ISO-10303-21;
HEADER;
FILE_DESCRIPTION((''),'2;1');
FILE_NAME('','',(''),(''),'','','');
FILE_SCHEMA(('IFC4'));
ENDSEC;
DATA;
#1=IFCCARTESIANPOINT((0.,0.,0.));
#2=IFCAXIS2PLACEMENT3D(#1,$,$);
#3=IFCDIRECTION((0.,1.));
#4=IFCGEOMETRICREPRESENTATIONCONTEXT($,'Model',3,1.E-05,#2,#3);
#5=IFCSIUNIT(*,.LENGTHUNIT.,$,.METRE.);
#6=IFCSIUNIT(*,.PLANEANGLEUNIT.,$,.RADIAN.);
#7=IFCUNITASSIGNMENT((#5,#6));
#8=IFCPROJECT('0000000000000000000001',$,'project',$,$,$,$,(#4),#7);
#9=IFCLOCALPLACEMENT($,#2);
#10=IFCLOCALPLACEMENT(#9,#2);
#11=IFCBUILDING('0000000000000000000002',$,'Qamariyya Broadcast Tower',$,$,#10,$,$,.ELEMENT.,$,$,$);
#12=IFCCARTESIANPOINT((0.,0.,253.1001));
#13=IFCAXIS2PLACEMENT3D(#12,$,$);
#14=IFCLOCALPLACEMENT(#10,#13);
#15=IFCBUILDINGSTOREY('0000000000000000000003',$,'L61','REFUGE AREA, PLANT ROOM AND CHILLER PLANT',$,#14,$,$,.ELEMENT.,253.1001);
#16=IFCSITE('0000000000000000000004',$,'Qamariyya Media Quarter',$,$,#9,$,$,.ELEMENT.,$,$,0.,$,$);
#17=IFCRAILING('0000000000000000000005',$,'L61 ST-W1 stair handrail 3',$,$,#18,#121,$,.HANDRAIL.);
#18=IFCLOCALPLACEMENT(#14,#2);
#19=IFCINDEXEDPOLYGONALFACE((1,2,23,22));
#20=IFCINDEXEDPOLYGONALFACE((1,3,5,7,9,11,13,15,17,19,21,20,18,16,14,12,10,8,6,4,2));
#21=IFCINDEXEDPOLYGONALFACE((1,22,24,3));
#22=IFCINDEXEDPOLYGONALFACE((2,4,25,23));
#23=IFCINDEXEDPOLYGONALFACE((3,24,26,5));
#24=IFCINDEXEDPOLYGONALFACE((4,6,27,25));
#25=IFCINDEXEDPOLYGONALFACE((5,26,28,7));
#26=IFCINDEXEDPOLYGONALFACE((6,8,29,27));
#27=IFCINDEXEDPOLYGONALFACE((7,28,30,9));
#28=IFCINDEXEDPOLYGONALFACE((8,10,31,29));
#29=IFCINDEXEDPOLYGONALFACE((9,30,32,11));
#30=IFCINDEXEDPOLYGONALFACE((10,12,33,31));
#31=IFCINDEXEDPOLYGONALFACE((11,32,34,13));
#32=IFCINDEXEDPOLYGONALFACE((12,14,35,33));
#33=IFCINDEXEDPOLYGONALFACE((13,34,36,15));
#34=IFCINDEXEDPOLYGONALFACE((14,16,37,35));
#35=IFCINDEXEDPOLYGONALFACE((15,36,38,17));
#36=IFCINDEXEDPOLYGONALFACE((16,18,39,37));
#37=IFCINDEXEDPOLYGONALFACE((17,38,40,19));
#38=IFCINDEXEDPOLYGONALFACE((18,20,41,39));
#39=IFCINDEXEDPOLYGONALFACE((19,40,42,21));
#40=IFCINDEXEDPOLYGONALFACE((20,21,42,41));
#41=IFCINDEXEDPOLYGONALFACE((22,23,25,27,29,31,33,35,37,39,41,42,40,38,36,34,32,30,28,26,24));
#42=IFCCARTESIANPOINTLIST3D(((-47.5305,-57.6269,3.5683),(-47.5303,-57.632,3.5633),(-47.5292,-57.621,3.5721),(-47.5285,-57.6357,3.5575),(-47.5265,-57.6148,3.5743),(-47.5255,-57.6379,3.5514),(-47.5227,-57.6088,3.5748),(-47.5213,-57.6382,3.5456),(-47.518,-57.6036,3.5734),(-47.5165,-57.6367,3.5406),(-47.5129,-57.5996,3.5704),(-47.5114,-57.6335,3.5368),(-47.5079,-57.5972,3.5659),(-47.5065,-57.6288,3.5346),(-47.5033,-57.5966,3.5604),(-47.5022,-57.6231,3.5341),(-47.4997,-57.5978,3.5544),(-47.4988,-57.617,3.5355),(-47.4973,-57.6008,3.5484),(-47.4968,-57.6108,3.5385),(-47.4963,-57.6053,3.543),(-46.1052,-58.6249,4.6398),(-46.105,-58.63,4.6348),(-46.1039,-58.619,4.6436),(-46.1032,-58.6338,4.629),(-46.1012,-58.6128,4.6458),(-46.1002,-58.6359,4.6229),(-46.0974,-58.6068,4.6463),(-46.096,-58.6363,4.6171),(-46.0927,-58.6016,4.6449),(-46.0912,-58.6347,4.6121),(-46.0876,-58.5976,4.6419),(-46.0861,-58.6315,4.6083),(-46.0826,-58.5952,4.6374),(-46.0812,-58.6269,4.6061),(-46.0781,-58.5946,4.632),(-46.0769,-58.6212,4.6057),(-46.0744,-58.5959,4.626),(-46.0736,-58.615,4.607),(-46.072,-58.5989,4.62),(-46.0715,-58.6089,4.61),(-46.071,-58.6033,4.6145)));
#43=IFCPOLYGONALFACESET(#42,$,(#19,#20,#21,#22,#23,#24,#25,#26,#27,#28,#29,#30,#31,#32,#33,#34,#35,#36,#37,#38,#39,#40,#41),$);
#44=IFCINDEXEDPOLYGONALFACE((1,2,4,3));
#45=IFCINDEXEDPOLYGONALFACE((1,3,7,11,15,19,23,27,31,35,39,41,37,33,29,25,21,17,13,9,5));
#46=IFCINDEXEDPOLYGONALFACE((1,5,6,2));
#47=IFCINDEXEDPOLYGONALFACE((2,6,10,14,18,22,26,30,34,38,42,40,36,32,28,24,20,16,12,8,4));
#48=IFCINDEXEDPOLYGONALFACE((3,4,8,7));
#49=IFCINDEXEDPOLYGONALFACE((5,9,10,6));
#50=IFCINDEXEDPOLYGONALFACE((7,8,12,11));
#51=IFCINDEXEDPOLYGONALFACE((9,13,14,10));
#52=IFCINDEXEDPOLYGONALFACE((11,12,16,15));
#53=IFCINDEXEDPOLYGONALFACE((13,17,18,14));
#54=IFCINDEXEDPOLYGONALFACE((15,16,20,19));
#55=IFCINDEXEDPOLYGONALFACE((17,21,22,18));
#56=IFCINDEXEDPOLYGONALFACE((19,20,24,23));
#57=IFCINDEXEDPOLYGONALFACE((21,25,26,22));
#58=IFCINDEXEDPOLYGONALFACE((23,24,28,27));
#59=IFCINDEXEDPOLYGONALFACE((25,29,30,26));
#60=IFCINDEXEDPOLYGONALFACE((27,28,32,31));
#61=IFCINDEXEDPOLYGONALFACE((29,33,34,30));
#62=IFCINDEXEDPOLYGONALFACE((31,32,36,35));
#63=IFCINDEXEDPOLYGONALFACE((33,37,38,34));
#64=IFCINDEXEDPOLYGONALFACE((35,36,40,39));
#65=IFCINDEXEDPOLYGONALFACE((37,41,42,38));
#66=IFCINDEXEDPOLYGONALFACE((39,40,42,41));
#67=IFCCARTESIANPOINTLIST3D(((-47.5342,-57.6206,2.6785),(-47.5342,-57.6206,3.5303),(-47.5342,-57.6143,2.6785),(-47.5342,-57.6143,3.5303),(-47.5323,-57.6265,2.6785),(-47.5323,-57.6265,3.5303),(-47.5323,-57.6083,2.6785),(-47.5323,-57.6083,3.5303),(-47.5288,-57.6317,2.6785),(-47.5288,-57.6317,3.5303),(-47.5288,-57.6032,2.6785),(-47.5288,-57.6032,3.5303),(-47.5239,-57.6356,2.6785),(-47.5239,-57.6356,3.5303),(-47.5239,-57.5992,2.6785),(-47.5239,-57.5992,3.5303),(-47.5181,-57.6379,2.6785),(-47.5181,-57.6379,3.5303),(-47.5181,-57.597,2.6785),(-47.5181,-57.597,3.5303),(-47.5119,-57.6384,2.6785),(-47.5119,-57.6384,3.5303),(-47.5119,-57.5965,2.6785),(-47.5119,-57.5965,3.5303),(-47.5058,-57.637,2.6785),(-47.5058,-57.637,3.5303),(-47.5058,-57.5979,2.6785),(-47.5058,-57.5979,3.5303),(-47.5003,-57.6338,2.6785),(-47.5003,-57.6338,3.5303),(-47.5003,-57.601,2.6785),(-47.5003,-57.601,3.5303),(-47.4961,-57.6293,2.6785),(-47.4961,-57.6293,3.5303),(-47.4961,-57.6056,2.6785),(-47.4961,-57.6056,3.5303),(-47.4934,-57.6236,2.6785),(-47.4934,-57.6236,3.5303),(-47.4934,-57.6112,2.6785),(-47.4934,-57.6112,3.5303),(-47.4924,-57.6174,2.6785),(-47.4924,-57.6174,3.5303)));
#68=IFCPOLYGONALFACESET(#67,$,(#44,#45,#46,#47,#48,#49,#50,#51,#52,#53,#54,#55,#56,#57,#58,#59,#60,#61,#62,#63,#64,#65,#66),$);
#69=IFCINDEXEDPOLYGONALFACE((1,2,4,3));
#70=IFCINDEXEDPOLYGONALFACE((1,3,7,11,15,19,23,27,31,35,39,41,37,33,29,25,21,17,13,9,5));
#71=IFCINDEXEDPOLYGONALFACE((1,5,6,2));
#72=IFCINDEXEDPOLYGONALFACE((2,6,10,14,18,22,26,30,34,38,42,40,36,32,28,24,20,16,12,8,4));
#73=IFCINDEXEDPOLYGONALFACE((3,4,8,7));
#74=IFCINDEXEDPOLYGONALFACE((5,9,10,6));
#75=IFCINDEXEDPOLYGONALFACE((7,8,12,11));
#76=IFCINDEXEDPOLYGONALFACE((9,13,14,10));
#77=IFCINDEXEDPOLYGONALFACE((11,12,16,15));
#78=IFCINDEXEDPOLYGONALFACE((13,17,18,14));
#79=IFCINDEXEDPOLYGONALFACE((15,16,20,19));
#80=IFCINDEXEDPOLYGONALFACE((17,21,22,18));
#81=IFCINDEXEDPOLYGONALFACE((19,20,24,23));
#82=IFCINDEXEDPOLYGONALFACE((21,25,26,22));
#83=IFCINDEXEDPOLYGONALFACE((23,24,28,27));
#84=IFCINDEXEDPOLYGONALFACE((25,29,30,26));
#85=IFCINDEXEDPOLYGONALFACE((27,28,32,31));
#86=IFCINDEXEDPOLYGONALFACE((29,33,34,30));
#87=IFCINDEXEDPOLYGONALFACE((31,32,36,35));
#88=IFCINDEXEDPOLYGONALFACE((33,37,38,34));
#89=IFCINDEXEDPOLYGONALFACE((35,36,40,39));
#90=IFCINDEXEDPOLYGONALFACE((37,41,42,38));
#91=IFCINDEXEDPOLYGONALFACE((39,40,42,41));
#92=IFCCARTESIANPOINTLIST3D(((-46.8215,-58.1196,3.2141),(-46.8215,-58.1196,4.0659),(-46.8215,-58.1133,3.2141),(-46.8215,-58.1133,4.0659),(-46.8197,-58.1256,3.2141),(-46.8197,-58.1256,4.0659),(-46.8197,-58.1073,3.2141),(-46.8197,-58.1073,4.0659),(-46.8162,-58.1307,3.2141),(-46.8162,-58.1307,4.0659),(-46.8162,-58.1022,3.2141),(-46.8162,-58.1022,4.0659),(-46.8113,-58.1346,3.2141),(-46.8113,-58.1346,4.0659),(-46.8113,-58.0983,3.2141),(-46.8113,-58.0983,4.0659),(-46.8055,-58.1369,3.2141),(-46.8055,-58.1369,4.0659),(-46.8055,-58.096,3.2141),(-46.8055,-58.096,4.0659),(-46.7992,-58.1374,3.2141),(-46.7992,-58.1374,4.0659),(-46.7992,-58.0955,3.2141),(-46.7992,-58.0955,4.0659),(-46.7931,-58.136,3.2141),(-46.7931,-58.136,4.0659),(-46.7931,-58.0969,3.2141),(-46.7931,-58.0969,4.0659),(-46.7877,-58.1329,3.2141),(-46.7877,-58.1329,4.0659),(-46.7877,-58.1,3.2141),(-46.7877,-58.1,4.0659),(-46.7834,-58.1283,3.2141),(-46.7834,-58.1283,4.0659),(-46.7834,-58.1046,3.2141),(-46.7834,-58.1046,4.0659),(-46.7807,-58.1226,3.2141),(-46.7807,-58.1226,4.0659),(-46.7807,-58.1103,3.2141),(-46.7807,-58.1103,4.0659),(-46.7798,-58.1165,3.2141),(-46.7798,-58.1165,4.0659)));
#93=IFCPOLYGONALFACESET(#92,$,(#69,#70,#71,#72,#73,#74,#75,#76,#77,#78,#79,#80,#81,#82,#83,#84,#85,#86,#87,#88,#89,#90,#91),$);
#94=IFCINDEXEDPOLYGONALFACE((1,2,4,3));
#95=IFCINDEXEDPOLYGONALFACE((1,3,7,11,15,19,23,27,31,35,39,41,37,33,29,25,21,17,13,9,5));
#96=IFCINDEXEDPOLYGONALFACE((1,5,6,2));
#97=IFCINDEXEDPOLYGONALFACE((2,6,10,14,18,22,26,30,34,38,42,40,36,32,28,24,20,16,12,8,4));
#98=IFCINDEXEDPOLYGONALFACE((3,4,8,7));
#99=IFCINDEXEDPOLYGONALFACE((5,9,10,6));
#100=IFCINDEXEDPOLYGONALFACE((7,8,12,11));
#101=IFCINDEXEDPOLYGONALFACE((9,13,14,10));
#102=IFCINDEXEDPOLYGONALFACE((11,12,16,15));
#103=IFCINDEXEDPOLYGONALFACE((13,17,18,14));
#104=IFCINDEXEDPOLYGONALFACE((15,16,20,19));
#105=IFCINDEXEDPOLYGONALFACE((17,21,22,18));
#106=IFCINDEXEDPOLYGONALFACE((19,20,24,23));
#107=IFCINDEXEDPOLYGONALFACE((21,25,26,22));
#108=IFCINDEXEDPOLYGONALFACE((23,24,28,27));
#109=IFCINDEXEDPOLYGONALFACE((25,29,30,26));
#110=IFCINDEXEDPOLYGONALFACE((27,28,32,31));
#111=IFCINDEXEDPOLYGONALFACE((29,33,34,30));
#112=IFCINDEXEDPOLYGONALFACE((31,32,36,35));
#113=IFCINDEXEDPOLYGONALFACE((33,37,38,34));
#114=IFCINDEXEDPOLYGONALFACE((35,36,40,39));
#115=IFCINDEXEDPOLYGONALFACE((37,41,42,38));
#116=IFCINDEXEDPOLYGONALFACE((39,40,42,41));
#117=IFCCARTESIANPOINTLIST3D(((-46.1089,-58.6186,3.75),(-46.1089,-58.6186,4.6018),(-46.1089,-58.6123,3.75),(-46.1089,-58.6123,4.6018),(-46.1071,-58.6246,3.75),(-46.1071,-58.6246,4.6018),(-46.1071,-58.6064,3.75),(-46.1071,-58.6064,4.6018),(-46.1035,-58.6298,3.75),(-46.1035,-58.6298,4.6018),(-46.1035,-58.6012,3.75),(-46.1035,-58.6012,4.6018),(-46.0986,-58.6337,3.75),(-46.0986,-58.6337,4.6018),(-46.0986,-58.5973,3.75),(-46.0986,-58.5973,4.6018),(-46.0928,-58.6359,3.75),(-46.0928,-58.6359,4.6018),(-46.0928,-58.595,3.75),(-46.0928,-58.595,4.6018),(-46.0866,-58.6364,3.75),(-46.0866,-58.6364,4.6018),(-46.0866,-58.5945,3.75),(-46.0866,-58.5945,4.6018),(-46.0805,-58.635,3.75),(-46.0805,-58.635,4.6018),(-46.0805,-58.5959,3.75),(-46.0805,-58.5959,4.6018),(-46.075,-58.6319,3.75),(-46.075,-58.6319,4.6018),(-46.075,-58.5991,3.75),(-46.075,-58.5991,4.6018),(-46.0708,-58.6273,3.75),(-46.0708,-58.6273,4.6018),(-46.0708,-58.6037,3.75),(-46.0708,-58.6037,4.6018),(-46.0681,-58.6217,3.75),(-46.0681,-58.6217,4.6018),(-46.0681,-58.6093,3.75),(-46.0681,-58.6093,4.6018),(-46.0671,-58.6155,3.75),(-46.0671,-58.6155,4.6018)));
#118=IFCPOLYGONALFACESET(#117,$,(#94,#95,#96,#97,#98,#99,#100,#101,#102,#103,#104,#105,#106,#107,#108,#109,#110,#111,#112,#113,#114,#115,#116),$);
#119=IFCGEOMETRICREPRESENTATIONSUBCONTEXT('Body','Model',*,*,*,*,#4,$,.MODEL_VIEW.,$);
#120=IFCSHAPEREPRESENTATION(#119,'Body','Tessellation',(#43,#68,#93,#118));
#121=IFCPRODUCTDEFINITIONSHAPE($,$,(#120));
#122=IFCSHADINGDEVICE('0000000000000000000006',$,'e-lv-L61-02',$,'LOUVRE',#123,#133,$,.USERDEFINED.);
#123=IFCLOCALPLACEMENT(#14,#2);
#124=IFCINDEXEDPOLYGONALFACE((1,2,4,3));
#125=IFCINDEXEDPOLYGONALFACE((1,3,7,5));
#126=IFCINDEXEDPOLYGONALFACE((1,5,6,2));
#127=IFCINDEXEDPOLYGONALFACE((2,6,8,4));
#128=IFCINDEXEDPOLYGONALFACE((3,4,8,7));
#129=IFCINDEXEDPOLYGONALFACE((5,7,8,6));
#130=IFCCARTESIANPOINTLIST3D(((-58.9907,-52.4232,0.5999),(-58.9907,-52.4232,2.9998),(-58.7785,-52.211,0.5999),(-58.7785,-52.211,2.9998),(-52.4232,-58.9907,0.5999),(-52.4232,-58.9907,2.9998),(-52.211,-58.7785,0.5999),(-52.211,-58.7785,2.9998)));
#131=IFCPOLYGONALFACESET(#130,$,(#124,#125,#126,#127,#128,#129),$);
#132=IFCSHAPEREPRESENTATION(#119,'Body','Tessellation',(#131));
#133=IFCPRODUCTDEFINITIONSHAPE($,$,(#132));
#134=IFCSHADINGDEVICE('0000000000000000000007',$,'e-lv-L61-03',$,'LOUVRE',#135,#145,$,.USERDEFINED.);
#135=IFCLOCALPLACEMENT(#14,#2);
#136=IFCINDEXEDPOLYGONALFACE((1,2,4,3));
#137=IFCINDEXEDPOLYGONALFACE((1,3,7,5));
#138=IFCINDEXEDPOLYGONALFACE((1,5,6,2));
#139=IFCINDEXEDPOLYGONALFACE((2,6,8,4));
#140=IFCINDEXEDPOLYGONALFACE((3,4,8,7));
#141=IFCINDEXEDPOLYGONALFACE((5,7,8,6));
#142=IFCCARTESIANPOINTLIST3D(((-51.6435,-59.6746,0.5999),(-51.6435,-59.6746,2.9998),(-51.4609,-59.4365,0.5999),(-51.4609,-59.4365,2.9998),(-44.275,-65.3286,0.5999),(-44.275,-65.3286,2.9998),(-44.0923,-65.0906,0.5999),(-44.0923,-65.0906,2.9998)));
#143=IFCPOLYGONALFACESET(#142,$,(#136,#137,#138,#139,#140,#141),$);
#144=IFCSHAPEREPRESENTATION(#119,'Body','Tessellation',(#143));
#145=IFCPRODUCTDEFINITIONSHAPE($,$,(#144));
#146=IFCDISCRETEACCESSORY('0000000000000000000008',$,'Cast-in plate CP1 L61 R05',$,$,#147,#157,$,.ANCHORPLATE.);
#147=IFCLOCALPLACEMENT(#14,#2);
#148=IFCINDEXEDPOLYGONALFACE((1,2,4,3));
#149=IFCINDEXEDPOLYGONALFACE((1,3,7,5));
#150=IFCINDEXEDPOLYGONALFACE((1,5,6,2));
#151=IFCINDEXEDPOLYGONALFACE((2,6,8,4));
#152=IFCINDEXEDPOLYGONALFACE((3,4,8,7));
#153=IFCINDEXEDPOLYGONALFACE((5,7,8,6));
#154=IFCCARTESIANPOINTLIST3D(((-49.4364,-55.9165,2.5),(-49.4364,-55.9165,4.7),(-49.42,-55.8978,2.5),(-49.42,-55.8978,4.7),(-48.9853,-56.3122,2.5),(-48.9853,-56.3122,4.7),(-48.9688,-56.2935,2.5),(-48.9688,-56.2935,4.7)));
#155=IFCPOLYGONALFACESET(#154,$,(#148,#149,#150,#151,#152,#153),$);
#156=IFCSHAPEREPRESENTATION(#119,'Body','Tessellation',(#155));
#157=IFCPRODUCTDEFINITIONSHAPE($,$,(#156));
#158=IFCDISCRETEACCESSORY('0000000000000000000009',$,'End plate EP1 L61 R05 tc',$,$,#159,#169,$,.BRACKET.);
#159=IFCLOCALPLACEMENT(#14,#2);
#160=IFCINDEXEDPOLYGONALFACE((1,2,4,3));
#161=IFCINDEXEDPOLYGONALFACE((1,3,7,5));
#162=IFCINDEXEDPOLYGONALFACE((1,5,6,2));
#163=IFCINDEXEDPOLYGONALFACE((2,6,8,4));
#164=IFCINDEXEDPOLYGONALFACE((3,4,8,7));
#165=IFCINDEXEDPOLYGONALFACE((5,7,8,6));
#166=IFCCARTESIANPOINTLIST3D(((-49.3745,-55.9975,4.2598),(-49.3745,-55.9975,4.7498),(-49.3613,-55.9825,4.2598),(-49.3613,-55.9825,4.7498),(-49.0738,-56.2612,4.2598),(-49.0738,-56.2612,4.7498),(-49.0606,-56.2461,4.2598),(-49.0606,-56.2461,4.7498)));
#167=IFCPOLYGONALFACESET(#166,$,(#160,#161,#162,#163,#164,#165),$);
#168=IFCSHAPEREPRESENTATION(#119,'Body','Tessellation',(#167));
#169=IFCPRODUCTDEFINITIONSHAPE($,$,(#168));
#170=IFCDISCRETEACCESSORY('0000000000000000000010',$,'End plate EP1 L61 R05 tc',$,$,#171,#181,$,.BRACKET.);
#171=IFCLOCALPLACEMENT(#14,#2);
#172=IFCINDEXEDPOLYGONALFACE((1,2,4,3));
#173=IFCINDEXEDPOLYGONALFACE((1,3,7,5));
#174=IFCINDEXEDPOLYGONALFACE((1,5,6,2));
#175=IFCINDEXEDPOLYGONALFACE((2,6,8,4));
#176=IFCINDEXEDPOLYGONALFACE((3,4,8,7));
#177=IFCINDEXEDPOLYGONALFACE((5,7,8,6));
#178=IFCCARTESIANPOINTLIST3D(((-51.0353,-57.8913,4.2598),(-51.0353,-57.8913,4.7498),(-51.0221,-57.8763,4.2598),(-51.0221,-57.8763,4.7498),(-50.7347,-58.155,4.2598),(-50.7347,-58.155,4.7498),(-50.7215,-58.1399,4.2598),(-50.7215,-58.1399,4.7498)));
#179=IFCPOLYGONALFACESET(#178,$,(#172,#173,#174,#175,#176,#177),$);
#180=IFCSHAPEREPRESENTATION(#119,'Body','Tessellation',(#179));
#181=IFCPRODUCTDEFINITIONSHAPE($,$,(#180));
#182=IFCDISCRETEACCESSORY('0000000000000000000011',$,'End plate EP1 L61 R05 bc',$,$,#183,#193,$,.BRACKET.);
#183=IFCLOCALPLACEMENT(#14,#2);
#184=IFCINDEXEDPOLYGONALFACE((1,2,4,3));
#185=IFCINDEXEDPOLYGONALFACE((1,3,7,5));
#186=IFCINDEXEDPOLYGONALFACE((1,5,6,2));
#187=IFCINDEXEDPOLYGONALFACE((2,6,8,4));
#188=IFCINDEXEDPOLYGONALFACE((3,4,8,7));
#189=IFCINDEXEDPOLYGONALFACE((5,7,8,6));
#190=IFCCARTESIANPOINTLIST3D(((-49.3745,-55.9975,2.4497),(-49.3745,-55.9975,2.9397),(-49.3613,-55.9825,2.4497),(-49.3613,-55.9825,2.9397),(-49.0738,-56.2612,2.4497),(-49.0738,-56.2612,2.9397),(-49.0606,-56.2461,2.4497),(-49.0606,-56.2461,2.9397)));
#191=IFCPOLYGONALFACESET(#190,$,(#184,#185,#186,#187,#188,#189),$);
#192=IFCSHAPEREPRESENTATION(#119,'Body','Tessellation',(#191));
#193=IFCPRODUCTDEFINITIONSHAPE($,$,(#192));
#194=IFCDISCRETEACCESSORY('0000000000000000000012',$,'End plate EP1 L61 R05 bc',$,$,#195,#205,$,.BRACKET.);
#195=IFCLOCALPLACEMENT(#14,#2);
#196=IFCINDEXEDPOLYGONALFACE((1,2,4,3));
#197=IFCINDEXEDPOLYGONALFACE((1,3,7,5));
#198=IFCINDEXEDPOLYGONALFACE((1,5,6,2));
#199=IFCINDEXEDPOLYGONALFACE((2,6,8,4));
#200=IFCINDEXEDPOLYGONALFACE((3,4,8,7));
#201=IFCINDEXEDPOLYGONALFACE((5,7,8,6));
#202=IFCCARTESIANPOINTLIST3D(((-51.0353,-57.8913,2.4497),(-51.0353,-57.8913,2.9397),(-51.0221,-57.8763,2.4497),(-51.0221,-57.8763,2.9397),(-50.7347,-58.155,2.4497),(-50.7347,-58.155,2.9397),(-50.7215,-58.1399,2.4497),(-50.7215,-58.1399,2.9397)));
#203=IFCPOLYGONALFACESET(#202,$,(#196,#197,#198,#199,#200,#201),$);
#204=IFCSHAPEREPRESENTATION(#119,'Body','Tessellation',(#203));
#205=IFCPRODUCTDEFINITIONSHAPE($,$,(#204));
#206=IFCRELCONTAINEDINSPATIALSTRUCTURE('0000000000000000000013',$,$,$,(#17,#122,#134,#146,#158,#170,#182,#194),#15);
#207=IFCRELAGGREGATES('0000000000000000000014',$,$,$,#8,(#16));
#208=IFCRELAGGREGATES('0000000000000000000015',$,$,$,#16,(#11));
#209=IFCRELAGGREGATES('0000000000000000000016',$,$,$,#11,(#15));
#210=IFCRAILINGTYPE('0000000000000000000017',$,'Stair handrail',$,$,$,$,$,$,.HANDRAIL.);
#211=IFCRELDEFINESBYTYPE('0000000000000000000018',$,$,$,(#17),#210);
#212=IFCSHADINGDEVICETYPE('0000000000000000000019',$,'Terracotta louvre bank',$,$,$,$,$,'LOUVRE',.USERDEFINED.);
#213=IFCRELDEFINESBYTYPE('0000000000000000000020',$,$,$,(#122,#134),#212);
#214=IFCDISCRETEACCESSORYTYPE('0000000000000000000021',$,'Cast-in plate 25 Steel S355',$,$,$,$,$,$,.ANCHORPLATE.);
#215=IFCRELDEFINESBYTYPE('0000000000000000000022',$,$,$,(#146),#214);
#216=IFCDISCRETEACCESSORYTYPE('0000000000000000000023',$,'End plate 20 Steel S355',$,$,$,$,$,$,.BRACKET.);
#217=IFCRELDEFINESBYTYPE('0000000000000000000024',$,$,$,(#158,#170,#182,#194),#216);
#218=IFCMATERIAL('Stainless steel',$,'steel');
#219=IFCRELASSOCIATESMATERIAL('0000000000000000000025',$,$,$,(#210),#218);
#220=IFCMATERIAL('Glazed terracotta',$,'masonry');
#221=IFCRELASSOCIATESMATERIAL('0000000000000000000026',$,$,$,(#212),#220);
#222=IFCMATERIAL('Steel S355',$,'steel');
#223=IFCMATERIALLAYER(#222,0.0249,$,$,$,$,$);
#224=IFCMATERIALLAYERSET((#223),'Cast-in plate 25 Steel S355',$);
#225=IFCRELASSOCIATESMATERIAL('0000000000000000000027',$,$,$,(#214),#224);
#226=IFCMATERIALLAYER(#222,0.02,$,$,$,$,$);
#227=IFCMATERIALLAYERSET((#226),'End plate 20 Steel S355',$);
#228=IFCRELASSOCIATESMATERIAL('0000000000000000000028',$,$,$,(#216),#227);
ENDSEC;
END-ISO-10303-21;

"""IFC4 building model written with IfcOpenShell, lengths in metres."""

from ifc_helpers import new_model, si_unit, direction, frame, origin, origin_2d, place, context, subcontext, project, spatial, rectangle, circle, extrude, material, layer, layer_set, type_object, element, save


model = new_model("IFC4")

# Units and contexts
model_context = context("Model", 3, precision=1e-05, world=origin(), true_north=direction((0.0, 1.0)))
body_context = subcontext(model_context, "Body", "Model", "MODEL_VIEW")
ifc_project = project(units=[si_unit("LENGTHUNIT", "METRE"), si_unit("PLANEANGLEUNIT", "RADIAN")], contexts=[model_context])

# Site, building, storey
site_placement = place(None, origin())
site = spatial("IfcSite", under=ifc_project, at=site_placement, Name="Qamariyya Media Quarter", CompositionType="ELEMENT", RefElevation=0.0)
building_placement = place(site_placement, origin())
building = spatial("IfcBuilding", under=site, at=building_placement, Name="Qamariyya Broadcast Tower", CompositionType="ELEMENT")
storey_placement = place(building_placement, frame((0.0, 0.0, 253.1001)))
storey = spatial("IfcBuildingStorey", under=building, at=storey_placement, Name="L61", Description="REFUGE AREA, PLANT ROOM AND CHILLER PLANT", CompositionType="ELEMENT", Elevation=253.1001)

# Shared definitions
ifc_material_1 = material(Name="Steel S355", Category="steel")

# Railing
ifc_material_2 = material(Name="Stainless steel", Category="steel")
railing_type_1 = type_object("IfcRailingType", Name="Stair handrail", PredefinedType="HANDRAIL", material=ifc_material_2)
for number, where, name in (
    (1, (-47.5134, -57.6174, 2.6785), "L61 ST-W1 stair handrail 3"),
):
    element("IfcRailing", number, at=place(storey_placement, frame(where)), inside=storey, type_object=railing_type_1, Name=name, PredefinedType="HANDRAIL", context=body_context, shape_type="SweptSolid", body=[
        extrude(circle(Radius=0.0239, at=origin_2d()), frame((0.0, 0.0, 0.876), z_axis=(0.697489, -0.48841, 0.524371), x_axis=(0.573594, 0.81914, 0.0)), (0.0, 0.0, 1.0), 2.0435),
        extrude(circle(Radius=0.021, at=origin_2d()), origin(), (0.0, 0.0, 1.0), 0.8518),
        extrude(circle(Radius=0.021, at=origin_2d()), frame((0.7126, -0.499, 0.5356)), (0.0, 0.0, 1.0), 0.8518),
        extrude(circle(Radius=0.021, at=origin_2d()), frame((1.4253, -0.998, 1.0715)), (0.0, 0.0, 1.0), 0.8518),
    ])

# Shading devices
ifc_material_3 = material(Name="Glazed terracotta", Category="masonry")
shading_device_type = type_object("IfcShadingDeviceType", Name="Terracotta louvre bank", ElementType="LOUVRE", PredefinedType="USERDEFINED", material=ifc_material_3)
for number, where, z_axis, x_axis, name in (
    (2, (-55.6008, -55.6008, 0.5999), (0.0, 0.0, 1.0), (0.707107, -0.707107, 0.0), "e-lv-L61-02"),
    (3, (-47.8679, -62.3826, 0.5999), (0.0, 0.0, 1.0), (0.793353, -0.608761, 0.0), "e-lv-L61-03"),
):
    element("IfcShadingDevice", number, at=place(storey_placement, frame(where, z_axis=z_axis, x_axis=x_axis)), inside=storey, type_object=shading_device_type, Name=name, ObjectType="LOUVRE", PredefinedType="USERDEFINED", context=body_context, shape_type="SweptSolid", body=[
        extrude(rectangle(XDim=9.2878, YDim=0.3, at=origin_2d()), origin(), (0.0, 0.0, 1.0), 2.3999),
    ])

# Discrete accessories
ifc_layer_1 = layer(ifc_material_1, 0.0249)
ifc_layer_set_1 = layer_set([ifc_layer_1], Name="Cast-in plate 25 Steel S355")
discrete_accessory_type_1 = type_object("IfcDiscreteAccessoryType", Name="Cast-in plate 25 Steel S355", PredefinedType="ANCHORPLATE", material=ifc_layer_set_1)
discrete_accessory_placement = place(storey_placement, frame((-49.2026, -56.105, 2.5), z_axis=(0.0, 0.0, 1.0), x_axis=(-0.75184, 0.659346, 0.0)))
element("IfcDiscreteAccessory", 4, at=discrete_accessory_placement, inside=storey, type_object=discrete_accessory_type_1, Name="Cast-in plate CP1 L61 R05", PredefinedType="ANCHORPLATE", context=body_context, shape_type="SweptSolid", body=[
    extrude(rectangle(XDim=0.6001, YDim=0.0249, at=origin_2d()), origin(), (0.0, 0.0, 1.0), 2.2),
])
ifc_layer_2 = layer(ifc_material_1, 0.02)
ifc_layer_set_2 = layer_set([ifc_layer_2], Name="End plate 20 Steel S355")
discrete_accessory_type_2 = type_object("IfcDiscreteAccessoryType", Name="End plate 20 Steel S355", PredefinedType="BRACKET", material=ifc_layer_set_2)
for number, where, z_axis, x_axis, name in (
    (5, (-49.2175, -56.1218, 4.2598), (0.0, 0.0, 1.0), (-0.75184, 0.659346, 0.0), "End plate EP1 L61 R05 tc"),
    (6, (-50.8784, -58.0156, 4.2598), (0.0, 0.0, 1.0), (-0.75184, 0.659346, 0.0), "End plate EP1 L61 R05 tc"),
    (7, (-49.2175, -56.1218, 2.4497), (0.0, 0.0, 1.0), (-0.75184, 0.659346, 0.0), "End plate EP1 L61 R05 bc"),
    (8, (-50.8784, -58.0156, 2.4497), (0.0, 0.0, 1.0), (-0.75184, 0.659346, 0.0), "End plate EP1 L61 R05 bc"),
):
    element("IfcDiscreteAccessory", number, at=place(storey_placement, frame(where, z_axis=z_axis, x_axis=x_axis)), inside=storey, type_object=discrete_accessory_type_2, Name=name, PredefinedType="BRACKET", context=body_context, shape_type="SweptSolid", body=[
        extrude(rectangle(XDim=0.3999, YDim=0.02, at=origin_2d()), origin(), (0.0, 0.0, 1.0), 0.49),
    ])

save(model, "model.ifc")
